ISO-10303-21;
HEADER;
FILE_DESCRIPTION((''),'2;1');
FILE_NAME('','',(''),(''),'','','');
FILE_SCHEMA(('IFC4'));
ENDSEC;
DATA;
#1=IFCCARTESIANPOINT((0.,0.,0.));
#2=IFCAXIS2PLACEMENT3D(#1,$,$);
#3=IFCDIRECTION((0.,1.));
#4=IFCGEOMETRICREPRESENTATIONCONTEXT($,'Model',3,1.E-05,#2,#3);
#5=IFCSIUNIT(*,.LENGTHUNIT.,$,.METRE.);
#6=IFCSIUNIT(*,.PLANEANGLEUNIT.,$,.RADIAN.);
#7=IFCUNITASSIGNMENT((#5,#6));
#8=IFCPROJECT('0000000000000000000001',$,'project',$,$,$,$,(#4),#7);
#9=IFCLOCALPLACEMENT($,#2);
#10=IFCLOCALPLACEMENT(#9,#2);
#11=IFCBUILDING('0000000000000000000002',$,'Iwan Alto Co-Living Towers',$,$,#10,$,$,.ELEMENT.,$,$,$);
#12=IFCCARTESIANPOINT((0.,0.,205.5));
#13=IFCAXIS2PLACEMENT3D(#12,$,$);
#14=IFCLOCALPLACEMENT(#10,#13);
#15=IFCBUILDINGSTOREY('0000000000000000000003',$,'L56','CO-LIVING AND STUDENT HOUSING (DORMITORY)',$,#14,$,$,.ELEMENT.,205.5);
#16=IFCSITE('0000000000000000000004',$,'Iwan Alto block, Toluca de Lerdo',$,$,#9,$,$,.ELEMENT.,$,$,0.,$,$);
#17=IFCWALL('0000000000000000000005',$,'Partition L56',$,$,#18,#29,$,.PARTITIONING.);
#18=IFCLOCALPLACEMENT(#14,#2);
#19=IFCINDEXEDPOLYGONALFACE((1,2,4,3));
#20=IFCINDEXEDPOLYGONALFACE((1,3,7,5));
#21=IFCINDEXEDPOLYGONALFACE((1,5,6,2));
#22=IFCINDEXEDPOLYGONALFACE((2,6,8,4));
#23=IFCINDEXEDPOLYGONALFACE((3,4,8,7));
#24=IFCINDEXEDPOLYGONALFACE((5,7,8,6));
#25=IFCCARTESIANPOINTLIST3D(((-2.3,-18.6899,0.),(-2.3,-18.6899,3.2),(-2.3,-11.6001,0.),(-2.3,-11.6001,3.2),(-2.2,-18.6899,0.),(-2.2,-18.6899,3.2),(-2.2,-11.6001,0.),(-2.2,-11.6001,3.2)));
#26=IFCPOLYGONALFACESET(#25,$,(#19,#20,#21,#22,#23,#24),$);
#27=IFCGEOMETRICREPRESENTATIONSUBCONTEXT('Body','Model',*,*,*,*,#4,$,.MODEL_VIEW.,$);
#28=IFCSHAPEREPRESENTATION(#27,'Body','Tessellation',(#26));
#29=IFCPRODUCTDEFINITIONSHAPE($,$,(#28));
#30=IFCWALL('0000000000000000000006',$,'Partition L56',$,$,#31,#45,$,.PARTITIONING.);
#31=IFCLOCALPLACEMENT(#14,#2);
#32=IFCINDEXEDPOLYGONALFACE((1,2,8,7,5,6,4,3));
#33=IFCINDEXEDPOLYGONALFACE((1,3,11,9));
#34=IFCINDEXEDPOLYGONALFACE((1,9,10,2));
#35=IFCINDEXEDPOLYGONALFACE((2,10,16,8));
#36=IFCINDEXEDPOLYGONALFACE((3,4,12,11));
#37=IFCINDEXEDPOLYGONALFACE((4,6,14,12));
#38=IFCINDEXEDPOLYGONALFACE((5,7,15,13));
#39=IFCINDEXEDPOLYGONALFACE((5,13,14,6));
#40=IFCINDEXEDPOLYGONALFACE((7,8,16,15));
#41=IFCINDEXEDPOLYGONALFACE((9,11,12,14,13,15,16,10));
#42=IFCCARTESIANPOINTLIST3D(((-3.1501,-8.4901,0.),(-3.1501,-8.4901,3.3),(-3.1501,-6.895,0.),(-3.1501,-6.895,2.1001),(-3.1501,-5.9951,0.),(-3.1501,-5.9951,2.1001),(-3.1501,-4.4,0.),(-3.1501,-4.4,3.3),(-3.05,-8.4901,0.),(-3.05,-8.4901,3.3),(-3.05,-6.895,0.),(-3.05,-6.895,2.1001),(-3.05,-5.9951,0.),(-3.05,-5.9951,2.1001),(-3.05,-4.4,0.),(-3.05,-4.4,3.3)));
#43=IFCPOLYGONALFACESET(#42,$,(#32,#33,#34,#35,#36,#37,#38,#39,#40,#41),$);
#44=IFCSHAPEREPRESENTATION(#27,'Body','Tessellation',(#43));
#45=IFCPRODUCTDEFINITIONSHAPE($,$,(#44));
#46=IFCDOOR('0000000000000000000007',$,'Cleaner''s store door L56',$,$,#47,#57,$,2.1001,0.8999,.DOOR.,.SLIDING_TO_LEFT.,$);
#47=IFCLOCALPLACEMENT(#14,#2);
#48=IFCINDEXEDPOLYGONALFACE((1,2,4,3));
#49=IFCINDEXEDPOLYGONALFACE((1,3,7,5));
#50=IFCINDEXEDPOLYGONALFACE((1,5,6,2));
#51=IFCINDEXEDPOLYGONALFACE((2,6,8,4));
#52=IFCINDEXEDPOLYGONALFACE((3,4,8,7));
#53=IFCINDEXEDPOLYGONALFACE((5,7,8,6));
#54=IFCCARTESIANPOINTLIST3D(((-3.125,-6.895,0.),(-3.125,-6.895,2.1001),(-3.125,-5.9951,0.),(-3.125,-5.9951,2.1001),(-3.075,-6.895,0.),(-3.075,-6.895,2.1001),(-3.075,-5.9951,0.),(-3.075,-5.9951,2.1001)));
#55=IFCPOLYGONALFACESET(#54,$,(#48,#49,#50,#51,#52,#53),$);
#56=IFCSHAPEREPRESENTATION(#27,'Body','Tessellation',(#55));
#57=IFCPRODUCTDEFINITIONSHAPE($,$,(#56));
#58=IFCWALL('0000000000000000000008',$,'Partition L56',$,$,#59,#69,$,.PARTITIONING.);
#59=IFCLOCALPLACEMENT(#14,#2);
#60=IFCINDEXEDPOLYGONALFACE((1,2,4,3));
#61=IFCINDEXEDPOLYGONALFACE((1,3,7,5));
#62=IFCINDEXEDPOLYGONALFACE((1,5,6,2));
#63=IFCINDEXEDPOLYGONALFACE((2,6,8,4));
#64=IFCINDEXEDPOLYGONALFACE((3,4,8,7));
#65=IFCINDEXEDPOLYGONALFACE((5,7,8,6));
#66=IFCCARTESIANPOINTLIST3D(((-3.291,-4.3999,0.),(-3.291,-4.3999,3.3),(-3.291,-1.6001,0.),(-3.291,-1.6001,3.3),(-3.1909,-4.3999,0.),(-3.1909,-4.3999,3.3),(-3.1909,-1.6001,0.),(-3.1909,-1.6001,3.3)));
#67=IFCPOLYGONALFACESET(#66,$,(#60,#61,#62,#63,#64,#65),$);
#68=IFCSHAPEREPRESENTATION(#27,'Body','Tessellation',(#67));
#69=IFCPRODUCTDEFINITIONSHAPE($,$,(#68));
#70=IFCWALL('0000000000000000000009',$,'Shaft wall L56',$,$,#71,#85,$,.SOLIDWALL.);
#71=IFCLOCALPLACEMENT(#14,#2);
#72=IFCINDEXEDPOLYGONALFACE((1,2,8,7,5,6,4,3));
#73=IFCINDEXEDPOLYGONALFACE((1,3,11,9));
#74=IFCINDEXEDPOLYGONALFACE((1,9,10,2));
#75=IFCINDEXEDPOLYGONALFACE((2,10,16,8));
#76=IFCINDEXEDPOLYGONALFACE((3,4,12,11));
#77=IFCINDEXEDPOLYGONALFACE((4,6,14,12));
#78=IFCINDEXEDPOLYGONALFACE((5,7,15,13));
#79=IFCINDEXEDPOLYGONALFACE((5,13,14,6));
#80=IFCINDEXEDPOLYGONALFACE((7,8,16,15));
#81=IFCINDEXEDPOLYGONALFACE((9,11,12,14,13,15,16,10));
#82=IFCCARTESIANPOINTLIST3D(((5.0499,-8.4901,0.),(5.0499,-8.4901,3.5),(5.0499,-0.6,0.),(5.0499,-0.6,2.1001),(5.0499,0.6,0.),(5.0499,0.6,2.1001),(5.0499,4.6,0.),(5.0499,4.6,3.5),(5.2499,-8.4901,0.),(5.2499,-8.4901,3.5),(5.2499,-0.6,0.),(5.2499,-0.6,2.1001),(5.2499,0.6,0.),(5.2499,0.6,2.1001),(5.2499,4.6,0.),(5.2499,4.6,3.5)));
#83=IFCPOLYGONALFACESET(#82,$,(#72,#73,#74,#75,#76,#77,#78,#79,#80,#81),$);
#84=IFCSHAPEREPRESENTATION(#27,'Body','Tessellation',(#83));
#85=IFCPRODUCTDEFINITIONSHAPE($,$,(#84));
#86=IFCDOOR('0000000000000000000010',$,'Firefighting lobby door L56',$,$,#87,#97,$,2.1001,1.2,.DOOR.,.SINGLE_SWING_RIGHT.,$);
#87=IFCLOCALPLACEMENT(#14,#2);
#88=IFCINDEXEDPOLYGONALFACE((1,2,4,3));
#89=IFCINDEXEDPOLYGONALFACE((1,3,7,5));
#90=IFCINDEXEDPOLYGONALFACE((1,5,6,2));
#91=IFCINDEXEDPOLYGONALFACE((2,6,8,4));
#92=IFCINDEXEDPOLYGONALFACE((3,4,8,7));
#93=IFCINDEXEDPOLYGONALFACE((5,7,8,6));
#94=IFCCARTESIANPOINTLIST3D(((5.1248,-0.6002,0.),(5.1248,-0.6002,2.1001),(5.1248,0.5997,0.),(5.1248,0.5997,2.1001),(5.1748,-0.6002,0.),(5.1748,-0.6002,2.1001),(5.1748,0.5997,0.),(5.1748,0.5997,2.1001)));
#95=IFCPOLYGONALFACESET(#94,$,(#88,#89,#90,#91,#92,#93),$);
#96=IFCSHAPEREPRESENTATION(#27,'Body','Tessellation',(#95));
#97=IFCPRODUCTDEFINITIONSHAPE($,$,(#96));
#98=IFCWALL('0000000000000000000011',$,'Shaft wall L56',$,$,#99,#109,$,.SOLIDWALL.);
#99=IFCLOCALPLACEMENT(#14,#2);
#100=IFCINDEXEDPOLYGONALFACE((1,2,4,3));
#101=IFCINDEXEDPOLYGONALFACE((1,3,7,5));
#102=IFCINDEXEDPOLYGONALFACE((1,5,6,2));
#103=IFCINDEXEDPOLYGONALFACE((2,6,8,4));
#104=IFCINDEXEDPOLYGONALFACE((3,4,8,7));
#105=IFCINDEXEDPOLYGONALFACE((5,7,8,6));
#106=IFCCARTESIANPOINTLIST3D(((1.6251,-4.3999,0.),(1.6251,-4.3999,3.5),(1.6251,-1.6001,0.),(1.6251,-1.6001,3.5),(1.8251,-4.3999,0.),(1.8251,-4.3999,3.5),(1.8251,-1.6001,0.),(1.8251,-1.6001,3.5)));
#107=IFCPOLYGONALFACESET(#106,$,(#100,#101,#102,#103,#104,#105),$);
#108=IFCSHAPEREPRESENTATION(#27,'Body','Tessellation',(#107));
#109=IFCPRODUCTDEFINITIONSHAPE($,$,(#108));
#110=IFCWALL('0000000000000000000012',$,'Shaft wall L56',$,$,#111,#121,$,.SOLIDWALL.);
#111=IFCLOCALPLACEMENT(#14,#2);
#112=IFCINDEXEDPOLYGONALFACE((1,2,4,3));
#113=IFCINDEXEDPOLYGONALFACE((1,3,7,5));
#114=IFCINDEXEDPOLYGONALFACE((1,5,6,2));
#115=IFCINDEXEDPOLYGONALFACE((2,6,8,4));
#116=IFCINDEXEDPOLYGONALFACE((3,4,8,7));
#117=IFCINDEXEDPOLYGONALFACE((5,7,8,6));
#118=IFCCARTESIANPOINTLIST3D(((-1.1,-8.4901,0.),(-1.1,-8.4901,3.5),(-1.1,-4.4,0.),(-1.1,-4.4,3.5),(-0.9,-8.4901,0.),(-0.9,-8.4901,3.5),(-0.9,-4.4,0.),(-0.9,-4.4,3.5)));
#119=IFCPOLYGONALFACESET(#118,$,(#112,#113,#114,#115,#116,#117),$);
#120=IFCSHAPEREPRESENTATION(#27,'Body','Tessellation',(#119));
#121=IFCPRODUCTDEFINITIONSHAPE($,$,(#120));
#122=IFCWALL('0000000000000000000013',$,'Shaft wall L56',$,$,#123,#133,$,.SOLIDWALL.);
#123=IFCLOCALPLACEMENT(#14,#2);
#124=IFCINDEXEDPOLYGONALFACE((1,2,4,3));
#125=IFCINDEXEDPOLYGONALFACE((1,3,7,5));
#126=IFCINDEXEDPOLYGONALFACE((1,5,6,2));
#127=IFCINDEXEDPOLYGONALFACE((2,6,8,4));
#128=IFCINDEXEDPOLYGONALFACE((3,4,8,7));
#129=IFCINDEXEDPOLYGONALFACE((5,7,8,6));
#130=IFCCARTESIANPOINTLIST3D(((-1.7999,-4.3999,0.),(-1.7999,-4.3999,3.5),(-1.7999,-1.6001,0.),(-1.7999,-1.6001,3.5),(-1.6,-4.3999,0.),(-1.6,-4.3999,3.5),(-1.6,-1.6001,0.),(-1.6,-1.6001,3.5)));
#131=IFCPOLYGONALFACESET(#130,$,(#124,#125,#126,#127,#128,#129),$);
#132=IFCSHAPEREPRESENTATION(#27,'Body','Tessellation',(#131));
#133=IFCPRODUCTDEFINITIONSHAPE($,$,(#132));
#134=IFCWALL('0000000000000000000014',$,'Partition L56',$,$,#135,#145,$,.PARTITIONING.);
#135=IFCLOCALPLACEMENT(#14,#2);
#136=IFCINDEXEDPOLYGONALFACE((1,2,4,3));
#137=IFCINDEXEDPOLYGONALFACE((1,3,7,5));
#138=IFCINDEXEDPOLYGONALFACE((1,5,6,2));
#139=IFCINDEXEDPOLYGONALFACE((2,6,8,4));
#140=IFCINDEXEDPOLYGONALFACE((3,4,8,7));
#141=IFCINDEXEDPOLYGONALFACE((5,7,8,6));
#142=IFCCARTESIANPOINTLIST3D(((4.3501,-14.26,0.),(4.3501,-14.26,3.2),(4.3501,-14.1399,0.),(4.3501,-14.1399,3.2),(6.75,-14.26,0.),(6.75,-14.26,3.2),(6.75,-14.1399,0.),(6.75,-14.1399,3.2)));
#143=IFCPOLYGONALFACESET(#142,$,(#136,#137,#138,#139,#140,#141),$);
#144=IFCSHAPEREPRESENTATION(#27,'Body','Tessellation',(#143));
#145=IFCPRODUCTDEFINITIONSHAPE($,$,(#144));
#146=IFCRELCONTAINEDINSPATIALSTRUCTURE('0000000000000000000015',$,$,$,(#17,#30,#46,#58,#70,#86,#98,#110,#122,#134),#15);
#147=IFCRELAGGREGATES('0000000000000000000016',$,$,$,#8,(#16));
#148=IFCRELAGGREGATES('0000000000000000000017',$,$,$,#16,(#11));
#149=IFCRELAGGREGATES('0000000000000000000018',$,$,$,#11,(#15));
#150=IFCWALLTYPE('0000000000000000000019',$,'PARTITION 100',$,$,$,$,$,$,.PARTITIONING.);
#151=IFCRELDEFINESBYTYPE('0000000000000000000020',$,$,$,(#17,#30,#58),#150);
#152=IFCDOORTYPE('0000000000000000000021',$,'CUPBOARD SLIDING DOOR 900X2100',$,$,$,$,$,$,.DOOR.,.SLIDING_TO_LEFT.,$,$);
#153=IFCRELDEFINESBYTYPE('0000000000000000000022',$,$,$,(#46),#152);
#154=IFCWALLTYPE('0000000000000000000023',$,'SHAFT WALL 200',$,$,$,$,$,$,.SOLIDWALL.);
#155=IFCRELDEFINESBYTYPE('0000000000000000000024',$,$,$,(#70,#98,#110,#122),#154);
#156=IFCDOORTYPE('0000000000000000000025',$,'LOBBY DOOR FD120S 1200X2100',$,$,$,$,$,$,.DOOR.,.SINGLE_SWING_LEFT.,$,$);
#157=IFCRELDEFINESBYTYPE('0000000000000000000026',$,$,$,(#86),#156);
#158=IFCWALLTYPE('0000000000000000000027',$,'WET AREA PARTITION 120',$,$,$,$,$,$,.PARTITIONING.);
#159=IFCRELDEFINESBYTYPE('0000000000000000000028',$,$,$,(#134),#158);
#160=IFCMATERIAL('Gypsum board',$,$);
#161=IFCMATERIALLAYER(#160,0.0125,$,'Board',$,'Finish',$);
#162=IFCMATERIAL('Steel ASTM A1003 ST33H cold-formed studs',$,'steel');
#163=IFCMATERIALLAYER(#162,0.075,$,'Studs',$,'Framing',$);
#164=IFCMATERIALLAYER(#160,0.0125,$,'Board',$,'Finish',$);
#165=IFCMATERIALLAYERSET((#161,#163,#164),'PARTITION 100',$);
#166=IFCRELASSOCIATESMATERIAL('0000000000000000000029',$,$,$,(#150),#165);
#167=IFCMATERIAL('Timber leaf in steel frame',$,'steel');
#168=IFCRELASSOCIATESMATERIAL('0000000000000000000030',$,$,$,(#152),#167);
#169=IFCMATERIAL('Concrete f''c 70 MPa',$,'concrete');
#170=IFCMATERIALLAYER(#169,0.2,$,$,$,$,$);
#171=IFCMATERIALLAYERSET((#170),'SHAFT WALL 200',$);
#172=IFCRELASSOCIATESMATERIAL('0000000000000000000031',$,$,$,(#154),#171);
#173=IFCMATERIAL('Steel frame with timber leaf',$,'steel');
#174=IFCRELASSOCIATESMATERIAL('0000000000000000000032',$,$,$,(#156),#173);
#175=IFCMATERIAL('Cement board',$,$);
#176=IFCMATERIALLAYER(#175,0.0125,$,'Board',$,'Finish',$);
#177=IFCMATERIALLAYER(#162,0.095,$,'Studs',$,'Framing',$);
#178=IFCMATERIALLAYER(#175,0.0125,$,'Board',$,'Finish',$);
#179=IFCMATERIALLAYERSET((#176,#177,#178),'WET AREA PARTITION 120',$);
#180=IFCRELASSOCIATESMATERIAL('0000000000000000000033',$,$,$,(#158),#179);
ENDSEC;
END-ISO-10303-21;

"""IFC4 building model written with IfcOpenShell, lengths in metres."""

from ifc_helpers import new_model, si_unit, direction, frame, frame_2d, origin, place, context, subcontext, project, spatial, rectangle, extrude, material, layer, layer_set, type_object, element, fill, save


model = new_model("IFC4")

# Units and contexts
model_context = context("Model", 3, precision=1e-05, world=origin(), true_north=direction((0.0, 1.0)))
body_context = subcontext(model_context, "Body", "Model", "MODEL_VIEW")
ifc_project = project(units=[si_unit("LENGTHUNIT", "METRE"), si_unit("PLANEANGLEUNIT", "RADIAN")], contexts=[model_context])

# Site, building, storey
site_placement = place(None, origin())
site = spatial("IfcSite", under=ifc_project, at=site_placement, Name="Iwan Alto block, Toluca de Lerdo", CompositionType="ELEMENT", RefElevation=0.0)
building_placement = place(site_placement, origin())
building = spatial("IfcBuilding", under=site, at=building_placement, Name="Iwan Alto Co-Living Towers", CompositionType="ELEMENT")
storey_placement = place(building_placement, frame((0.0, 0.0, 205.5)))
storey = spatial("IfcBuildingStorey", under=building, at=storey_placement, Name="L56", Description="CO-LIVING AND STUDENT HOUSING (DORMITORY)", CompositionType="ELEMENT", Elevation=205.5)

# Shared definitions
ifc_material_1 = material(Name="Gypsum board")
ifc_material_2 = material(Name="Steel ASTM A1003 ST33H cold-formed studs", Category="steel")

# Wall
ifc_layer_1 = layer(ifc_material_1, 0.0125, Name="Board", Category="Finish")
ifc_layer_2 = layer(ifc_material_2, 0.075, Name="Studs", Category="Framing")
ifc_layer_3 = layer(ifc_material_1, 0.0125, Name="Board", Category="Finish")
ifc_layer_set_1 = layer_set([ifc_layer_1, ifc_layer_2, ifc_layer_3], Name="PARTITION 100")
wall_type_1 = type_object("IfcWallType", Name="PARTITION 100", PredefinedType="PARTITIONING", material=ifc_layer_set_1)
wall_1_placement = place(storey_placement, frame((-2.25, -18.6899, 0.0), z_axis=(0.0, 0.0, 1.0), x_axis=(0.0, 1.0, 0.0)))
element("IfcWall", 1, at=wall_1_placement, inside=storey, type_object=wall_type_1, Name="Partition L56", PredefinedType="PARTITIONING", context=body_context, shape_type="SweptSolid", body=[
    extrude(rectangle(XDim=7.0898, YDim=0.1001, at=frame_2d((3.5449, 0.0))), origin(), (0.0, 0.0, 1.0), 3.2),
])

# Wall, opening, door
wall_2_placement = place(storey_placement, frame((-3.1001, -8.49, 0.0), z_axis=(0.0, 0.0, 1.0), x_axis=(0.0, 1.0, 0.0)))
wall_2 = element("IfcWall", 2, at=wall_2_placement, inside=storey, type_object=wall_type_1, Name="Partition L56", PredefinedType="PARTITIONING", context=body_context, shape_type="SweptSolid", body=[
    extrude(rectangle(XDim=4.0901, YDim=0.1001, at=frame_2d((2.0449, 0.0))), origin(), (0.0, 0.0, 1.0), 3.3),
])
opening_1_placement = place(wall_2_placement, frame((1.595, 0.0, 0.0)))
opening_1 = element("IfcOpeningElement", 3, at=opening_1_placement, cuts=wall_2, PredefinedType="OPENING", context=body_context, shape_type="SweptSolid", body=[
    extrude(rectangle(XDim=0.8999, YDim=2.1001, at=frame_2d((0.45, 1.05))), frame((0.0, 0.0601, 0.0), z_axis=(0.0, -1.0, 0.0), x_axis=(1.0, 0.0, 0.0)), (0.0, 0.0, 1.0), 0.1201),
])
ifc_material_3 = material(Name="Timber leaf in steel frame", Category="steel")
door_type_1 = type_object("IfcDoorType", Name="CUPBOARD SLIDING DOOR 900X2100", OperationType="SLIDING_TO_LEFT", PredefinedType="DOOR", material=ifc_material_3)
door_1_placement = place(opening_1_placement, origin())
door_1 = element("IfcDoor", 4, at=door_1_placement, inside=storey, type_object=door_type_1, Name="Cleaner's store door L56", OperationType="SLIDING_TO_LEFT", OverallHeight=2.1001, OverallWidth=0.8999, PredefinedType="DOOR", context=body_context, shape_type="SweptSolid", body=[
    extrude(rectangle(XDim=0.8999, YDim=2.1001, at=frame_2d((0.45, 1.05))), frame((0.0, 0.0249, 0.0), z_axis=(0.0, -1.0, 0.0), x_axis=(1.0, 0.0, 0.0)), (0.0, 0.0, 1.0), 0.05),
])
fill(opening_1, door_1)

# Wall
wall_3_placement = place(storey_placement, frame((-3.241, -4.3999, 0.0), z_axis=(0.0, 0.0, 1.0), x_axis=(0.0, 1.0, 0.0)))
element("IfcWall", 5, at=wall_3_placement, inside=storey, type_object=wall_type_1, Name="Partition L56", PredefinedType="PARTITIONING", context=body_context, shape_type="SweptSolid", body=[
    extrude(rectangle(XDim=2.7998, YDim=0.1001, at=frame_2d((1.3999, 0.0))), origin(), (0.0, 0.0, 1.0), 3.3),
])

# Wall, opening, door
ifc_material_4 = material(Name="Concrete f'c 70 MPa", Category="concrete")
ifc_layer_4 = layer(ifc_material_4, 0.2)
ifc_layer_set_2 = layer_set([ifc_layer_4], Name="SHAFT WALL 200")
wall_type_2 = type_object("IfcWallType", Name="SHAFT WALL 200", PredefinedType="SOLIDWALL", material=ifc_layer_set_2)
wall_4_placement = place(storey_placement, frame((5.1499, -8.49, 0.0), z_axis=(0.0, 0.0, 1.0), x_axis=(0.0, 1.0, 0.0)))
wall_4 = element("IfcWall", 6, at=wall_4_placement, inside=storey, type_object=wall_type_2, Name="Shaft wall L56", PredefinedType="SOLIDWALL", context=body_context, shape_type="SweptSolid", body=[
    extrude(rectangle(XDim=13.0901, YDim=0.2, at=frame_2d((6.5449, 0.0))), origin(), (0.0, 0.0, 1.0), 3.5),
])
opening_2_placement = place(wall_4_placement, frame((7.8899, 0.0, 0.0)))
opening_2 = element("IfcOpeningElement", 7, at=opening_2_placement, cuts=wall_4, PredefinedType="OPENING", context=body_context, shape_type="SweptSolid", body=[
    extrude(rectangle(XDim=1.2, YDim=2.1001, at=frame_2d((0.6001, 1.05))), frame((0.0, 0.1099, 0.0), z_axis=(0.0, -1.0, 0.0), x_axis=(1.0, 0.0, 0.0)), (0.0, 0.0, 1.0), 0.22),
])
ifc_material_5 = material(Name="Steel frame with timber leaf", Category="steel")
door_type_2 = type_object("IfcDoorType", Name="LOBBY DOOR FD120S 1200X2100", OperationType="SINGLE_SWING_LEFT", PredefinedType="DOOR", material=ifc_material_5)
door_2_placement = place(opening_2_placement, frame((1.2, 0.0, 0.0), z_axis=(0.0, 0.0, 1.0), x_axis=(-1.0, 0.0, 0.0)))
door_2 = element("IfcDoor", 8, at=door_2_placement, inside=storey, type_object=door_type_2, Name="Firefighting lobby door L56", OperationType="SINGLE_SWING_RIGHT", OverallHeight=2.1001, OverallWidth=1.2, PredefinedType="DOOR", context=body_context, shape_type="SweptSolid", body=[
    extrude(rectangle(XDim=1.2, YDim=2.1001, at=frame_2d((0.6001, 1.05))), frame((0.0, 0.0249, 0.0), z_axis=(0.0, -1.0, 0.0), x_axis=(1.0, 0.0, 0.0)), (0.0, 0.0, 1.0), 0.05),
])
fill(opening_2, door_2)

# Walls
wall_5_placement = place(storey_placement, frame((1.7251, -4.3999, 0.0), z_axis=(0.0, 0.0, 1.0), x_axis=(0.0, 1.0, 0.0)))
element("IfcWall", 9, at=wall_5_placement, inside=storey, type_object=wall_type_2, Name="Shaft wall L56", PredefinedType="SOLIDWALL", context=body_context, shape_type="SweptSolid", body=[
    extrude(rectangle(XDim=2.7998, YDim=0.2, at=frame_2d((1.3999, 0.0))), origin(), (0.0, 0.0, 1.0), 3.5),
])
wall_6_placement = place(storey_placement, frame((-1.0, -8.49, 0.0), z_axis=(0.0, 0.0, 1.0), x_axis=(0.0, 1.0, 0.0)))
element("IfcWall", 10, at=wall_6_placement, inside=storey, type_object=wall_type_2, Name="Shaft wall L56", PredefinedType="SOLIDWALL", context=body_context, shape_type="SweptSolid", body=[
    extrude(rectangle(XDim=4.0901, YDim=0.2, at=frame_2d((2.0449, 0.0))), origin(), (0.0, 0.0, 1.0), 3.5),
])
wall_7_placement = place(storey_placement, frame((-1.7, -4.3999, 0.0), z_axis=(0.0, 0.0, 1.0), x_axis=(0.0, 1.0, 0.0)))
element("IfcWall", 11, at=wall_7_placement, inside=storey, type_object=wall_type_2, Name="Shaft wall L56", PredefinedType="SOLIDWALL", context=body_context, shape_type="SweptSolid", body=[
    extrude(rectangle(XDim=2.7998, YDim=0.2, at=frame_2d((1.3999, 0.0))), origin(), (0.0, 0.0, 1.0), 3.5),
])
ifc_material_6 = material(Name="Cement board")
ifc_layer_5 = layer(ifc_material_6, 0.0125, Name="Board", Category="Finish")
ifc_layer_6 = layer(ifc_material_2, 0.095, Name="Studs", Category="Framing")
ifc_layer_7 = layer(ifc_material_6, 0.0125, Name="Board", Category="Finish")
ifc_layer_set_3 = layer_set([ifc_layer_5, ifc_layer_6, ifc_layer_7], Name="WET AREA PARTITION 120")
wall_type_3 = type_object("IfcWallType", Name="WET AREA PARTITION 120", PredefinedType="PARTITIONING", material=ifc_layer_set_3)
wall_8_placement = place(storey_placement, frame((4.3501, -14.2, 0.0), z_axis=(0.0, 0.0, 1.0), x_axis=(1.0, 0.0, 0.0)))
element("IfcWall", 12, at=wall_8_placement, inside=storey, type_object=wall_type_3, Name="Partition L56", PredefinedType="PARTITIONING", context=body_context, shape_type="SweptSolid", body=[
    extrude(rectangle(XDim=2.3999, YDim=0.1201, at=frame_2d((1.2, 0.0))), origin(), (0.0, 0.0, 1.0), 3.2),
])

save(model, "model.ifc")
